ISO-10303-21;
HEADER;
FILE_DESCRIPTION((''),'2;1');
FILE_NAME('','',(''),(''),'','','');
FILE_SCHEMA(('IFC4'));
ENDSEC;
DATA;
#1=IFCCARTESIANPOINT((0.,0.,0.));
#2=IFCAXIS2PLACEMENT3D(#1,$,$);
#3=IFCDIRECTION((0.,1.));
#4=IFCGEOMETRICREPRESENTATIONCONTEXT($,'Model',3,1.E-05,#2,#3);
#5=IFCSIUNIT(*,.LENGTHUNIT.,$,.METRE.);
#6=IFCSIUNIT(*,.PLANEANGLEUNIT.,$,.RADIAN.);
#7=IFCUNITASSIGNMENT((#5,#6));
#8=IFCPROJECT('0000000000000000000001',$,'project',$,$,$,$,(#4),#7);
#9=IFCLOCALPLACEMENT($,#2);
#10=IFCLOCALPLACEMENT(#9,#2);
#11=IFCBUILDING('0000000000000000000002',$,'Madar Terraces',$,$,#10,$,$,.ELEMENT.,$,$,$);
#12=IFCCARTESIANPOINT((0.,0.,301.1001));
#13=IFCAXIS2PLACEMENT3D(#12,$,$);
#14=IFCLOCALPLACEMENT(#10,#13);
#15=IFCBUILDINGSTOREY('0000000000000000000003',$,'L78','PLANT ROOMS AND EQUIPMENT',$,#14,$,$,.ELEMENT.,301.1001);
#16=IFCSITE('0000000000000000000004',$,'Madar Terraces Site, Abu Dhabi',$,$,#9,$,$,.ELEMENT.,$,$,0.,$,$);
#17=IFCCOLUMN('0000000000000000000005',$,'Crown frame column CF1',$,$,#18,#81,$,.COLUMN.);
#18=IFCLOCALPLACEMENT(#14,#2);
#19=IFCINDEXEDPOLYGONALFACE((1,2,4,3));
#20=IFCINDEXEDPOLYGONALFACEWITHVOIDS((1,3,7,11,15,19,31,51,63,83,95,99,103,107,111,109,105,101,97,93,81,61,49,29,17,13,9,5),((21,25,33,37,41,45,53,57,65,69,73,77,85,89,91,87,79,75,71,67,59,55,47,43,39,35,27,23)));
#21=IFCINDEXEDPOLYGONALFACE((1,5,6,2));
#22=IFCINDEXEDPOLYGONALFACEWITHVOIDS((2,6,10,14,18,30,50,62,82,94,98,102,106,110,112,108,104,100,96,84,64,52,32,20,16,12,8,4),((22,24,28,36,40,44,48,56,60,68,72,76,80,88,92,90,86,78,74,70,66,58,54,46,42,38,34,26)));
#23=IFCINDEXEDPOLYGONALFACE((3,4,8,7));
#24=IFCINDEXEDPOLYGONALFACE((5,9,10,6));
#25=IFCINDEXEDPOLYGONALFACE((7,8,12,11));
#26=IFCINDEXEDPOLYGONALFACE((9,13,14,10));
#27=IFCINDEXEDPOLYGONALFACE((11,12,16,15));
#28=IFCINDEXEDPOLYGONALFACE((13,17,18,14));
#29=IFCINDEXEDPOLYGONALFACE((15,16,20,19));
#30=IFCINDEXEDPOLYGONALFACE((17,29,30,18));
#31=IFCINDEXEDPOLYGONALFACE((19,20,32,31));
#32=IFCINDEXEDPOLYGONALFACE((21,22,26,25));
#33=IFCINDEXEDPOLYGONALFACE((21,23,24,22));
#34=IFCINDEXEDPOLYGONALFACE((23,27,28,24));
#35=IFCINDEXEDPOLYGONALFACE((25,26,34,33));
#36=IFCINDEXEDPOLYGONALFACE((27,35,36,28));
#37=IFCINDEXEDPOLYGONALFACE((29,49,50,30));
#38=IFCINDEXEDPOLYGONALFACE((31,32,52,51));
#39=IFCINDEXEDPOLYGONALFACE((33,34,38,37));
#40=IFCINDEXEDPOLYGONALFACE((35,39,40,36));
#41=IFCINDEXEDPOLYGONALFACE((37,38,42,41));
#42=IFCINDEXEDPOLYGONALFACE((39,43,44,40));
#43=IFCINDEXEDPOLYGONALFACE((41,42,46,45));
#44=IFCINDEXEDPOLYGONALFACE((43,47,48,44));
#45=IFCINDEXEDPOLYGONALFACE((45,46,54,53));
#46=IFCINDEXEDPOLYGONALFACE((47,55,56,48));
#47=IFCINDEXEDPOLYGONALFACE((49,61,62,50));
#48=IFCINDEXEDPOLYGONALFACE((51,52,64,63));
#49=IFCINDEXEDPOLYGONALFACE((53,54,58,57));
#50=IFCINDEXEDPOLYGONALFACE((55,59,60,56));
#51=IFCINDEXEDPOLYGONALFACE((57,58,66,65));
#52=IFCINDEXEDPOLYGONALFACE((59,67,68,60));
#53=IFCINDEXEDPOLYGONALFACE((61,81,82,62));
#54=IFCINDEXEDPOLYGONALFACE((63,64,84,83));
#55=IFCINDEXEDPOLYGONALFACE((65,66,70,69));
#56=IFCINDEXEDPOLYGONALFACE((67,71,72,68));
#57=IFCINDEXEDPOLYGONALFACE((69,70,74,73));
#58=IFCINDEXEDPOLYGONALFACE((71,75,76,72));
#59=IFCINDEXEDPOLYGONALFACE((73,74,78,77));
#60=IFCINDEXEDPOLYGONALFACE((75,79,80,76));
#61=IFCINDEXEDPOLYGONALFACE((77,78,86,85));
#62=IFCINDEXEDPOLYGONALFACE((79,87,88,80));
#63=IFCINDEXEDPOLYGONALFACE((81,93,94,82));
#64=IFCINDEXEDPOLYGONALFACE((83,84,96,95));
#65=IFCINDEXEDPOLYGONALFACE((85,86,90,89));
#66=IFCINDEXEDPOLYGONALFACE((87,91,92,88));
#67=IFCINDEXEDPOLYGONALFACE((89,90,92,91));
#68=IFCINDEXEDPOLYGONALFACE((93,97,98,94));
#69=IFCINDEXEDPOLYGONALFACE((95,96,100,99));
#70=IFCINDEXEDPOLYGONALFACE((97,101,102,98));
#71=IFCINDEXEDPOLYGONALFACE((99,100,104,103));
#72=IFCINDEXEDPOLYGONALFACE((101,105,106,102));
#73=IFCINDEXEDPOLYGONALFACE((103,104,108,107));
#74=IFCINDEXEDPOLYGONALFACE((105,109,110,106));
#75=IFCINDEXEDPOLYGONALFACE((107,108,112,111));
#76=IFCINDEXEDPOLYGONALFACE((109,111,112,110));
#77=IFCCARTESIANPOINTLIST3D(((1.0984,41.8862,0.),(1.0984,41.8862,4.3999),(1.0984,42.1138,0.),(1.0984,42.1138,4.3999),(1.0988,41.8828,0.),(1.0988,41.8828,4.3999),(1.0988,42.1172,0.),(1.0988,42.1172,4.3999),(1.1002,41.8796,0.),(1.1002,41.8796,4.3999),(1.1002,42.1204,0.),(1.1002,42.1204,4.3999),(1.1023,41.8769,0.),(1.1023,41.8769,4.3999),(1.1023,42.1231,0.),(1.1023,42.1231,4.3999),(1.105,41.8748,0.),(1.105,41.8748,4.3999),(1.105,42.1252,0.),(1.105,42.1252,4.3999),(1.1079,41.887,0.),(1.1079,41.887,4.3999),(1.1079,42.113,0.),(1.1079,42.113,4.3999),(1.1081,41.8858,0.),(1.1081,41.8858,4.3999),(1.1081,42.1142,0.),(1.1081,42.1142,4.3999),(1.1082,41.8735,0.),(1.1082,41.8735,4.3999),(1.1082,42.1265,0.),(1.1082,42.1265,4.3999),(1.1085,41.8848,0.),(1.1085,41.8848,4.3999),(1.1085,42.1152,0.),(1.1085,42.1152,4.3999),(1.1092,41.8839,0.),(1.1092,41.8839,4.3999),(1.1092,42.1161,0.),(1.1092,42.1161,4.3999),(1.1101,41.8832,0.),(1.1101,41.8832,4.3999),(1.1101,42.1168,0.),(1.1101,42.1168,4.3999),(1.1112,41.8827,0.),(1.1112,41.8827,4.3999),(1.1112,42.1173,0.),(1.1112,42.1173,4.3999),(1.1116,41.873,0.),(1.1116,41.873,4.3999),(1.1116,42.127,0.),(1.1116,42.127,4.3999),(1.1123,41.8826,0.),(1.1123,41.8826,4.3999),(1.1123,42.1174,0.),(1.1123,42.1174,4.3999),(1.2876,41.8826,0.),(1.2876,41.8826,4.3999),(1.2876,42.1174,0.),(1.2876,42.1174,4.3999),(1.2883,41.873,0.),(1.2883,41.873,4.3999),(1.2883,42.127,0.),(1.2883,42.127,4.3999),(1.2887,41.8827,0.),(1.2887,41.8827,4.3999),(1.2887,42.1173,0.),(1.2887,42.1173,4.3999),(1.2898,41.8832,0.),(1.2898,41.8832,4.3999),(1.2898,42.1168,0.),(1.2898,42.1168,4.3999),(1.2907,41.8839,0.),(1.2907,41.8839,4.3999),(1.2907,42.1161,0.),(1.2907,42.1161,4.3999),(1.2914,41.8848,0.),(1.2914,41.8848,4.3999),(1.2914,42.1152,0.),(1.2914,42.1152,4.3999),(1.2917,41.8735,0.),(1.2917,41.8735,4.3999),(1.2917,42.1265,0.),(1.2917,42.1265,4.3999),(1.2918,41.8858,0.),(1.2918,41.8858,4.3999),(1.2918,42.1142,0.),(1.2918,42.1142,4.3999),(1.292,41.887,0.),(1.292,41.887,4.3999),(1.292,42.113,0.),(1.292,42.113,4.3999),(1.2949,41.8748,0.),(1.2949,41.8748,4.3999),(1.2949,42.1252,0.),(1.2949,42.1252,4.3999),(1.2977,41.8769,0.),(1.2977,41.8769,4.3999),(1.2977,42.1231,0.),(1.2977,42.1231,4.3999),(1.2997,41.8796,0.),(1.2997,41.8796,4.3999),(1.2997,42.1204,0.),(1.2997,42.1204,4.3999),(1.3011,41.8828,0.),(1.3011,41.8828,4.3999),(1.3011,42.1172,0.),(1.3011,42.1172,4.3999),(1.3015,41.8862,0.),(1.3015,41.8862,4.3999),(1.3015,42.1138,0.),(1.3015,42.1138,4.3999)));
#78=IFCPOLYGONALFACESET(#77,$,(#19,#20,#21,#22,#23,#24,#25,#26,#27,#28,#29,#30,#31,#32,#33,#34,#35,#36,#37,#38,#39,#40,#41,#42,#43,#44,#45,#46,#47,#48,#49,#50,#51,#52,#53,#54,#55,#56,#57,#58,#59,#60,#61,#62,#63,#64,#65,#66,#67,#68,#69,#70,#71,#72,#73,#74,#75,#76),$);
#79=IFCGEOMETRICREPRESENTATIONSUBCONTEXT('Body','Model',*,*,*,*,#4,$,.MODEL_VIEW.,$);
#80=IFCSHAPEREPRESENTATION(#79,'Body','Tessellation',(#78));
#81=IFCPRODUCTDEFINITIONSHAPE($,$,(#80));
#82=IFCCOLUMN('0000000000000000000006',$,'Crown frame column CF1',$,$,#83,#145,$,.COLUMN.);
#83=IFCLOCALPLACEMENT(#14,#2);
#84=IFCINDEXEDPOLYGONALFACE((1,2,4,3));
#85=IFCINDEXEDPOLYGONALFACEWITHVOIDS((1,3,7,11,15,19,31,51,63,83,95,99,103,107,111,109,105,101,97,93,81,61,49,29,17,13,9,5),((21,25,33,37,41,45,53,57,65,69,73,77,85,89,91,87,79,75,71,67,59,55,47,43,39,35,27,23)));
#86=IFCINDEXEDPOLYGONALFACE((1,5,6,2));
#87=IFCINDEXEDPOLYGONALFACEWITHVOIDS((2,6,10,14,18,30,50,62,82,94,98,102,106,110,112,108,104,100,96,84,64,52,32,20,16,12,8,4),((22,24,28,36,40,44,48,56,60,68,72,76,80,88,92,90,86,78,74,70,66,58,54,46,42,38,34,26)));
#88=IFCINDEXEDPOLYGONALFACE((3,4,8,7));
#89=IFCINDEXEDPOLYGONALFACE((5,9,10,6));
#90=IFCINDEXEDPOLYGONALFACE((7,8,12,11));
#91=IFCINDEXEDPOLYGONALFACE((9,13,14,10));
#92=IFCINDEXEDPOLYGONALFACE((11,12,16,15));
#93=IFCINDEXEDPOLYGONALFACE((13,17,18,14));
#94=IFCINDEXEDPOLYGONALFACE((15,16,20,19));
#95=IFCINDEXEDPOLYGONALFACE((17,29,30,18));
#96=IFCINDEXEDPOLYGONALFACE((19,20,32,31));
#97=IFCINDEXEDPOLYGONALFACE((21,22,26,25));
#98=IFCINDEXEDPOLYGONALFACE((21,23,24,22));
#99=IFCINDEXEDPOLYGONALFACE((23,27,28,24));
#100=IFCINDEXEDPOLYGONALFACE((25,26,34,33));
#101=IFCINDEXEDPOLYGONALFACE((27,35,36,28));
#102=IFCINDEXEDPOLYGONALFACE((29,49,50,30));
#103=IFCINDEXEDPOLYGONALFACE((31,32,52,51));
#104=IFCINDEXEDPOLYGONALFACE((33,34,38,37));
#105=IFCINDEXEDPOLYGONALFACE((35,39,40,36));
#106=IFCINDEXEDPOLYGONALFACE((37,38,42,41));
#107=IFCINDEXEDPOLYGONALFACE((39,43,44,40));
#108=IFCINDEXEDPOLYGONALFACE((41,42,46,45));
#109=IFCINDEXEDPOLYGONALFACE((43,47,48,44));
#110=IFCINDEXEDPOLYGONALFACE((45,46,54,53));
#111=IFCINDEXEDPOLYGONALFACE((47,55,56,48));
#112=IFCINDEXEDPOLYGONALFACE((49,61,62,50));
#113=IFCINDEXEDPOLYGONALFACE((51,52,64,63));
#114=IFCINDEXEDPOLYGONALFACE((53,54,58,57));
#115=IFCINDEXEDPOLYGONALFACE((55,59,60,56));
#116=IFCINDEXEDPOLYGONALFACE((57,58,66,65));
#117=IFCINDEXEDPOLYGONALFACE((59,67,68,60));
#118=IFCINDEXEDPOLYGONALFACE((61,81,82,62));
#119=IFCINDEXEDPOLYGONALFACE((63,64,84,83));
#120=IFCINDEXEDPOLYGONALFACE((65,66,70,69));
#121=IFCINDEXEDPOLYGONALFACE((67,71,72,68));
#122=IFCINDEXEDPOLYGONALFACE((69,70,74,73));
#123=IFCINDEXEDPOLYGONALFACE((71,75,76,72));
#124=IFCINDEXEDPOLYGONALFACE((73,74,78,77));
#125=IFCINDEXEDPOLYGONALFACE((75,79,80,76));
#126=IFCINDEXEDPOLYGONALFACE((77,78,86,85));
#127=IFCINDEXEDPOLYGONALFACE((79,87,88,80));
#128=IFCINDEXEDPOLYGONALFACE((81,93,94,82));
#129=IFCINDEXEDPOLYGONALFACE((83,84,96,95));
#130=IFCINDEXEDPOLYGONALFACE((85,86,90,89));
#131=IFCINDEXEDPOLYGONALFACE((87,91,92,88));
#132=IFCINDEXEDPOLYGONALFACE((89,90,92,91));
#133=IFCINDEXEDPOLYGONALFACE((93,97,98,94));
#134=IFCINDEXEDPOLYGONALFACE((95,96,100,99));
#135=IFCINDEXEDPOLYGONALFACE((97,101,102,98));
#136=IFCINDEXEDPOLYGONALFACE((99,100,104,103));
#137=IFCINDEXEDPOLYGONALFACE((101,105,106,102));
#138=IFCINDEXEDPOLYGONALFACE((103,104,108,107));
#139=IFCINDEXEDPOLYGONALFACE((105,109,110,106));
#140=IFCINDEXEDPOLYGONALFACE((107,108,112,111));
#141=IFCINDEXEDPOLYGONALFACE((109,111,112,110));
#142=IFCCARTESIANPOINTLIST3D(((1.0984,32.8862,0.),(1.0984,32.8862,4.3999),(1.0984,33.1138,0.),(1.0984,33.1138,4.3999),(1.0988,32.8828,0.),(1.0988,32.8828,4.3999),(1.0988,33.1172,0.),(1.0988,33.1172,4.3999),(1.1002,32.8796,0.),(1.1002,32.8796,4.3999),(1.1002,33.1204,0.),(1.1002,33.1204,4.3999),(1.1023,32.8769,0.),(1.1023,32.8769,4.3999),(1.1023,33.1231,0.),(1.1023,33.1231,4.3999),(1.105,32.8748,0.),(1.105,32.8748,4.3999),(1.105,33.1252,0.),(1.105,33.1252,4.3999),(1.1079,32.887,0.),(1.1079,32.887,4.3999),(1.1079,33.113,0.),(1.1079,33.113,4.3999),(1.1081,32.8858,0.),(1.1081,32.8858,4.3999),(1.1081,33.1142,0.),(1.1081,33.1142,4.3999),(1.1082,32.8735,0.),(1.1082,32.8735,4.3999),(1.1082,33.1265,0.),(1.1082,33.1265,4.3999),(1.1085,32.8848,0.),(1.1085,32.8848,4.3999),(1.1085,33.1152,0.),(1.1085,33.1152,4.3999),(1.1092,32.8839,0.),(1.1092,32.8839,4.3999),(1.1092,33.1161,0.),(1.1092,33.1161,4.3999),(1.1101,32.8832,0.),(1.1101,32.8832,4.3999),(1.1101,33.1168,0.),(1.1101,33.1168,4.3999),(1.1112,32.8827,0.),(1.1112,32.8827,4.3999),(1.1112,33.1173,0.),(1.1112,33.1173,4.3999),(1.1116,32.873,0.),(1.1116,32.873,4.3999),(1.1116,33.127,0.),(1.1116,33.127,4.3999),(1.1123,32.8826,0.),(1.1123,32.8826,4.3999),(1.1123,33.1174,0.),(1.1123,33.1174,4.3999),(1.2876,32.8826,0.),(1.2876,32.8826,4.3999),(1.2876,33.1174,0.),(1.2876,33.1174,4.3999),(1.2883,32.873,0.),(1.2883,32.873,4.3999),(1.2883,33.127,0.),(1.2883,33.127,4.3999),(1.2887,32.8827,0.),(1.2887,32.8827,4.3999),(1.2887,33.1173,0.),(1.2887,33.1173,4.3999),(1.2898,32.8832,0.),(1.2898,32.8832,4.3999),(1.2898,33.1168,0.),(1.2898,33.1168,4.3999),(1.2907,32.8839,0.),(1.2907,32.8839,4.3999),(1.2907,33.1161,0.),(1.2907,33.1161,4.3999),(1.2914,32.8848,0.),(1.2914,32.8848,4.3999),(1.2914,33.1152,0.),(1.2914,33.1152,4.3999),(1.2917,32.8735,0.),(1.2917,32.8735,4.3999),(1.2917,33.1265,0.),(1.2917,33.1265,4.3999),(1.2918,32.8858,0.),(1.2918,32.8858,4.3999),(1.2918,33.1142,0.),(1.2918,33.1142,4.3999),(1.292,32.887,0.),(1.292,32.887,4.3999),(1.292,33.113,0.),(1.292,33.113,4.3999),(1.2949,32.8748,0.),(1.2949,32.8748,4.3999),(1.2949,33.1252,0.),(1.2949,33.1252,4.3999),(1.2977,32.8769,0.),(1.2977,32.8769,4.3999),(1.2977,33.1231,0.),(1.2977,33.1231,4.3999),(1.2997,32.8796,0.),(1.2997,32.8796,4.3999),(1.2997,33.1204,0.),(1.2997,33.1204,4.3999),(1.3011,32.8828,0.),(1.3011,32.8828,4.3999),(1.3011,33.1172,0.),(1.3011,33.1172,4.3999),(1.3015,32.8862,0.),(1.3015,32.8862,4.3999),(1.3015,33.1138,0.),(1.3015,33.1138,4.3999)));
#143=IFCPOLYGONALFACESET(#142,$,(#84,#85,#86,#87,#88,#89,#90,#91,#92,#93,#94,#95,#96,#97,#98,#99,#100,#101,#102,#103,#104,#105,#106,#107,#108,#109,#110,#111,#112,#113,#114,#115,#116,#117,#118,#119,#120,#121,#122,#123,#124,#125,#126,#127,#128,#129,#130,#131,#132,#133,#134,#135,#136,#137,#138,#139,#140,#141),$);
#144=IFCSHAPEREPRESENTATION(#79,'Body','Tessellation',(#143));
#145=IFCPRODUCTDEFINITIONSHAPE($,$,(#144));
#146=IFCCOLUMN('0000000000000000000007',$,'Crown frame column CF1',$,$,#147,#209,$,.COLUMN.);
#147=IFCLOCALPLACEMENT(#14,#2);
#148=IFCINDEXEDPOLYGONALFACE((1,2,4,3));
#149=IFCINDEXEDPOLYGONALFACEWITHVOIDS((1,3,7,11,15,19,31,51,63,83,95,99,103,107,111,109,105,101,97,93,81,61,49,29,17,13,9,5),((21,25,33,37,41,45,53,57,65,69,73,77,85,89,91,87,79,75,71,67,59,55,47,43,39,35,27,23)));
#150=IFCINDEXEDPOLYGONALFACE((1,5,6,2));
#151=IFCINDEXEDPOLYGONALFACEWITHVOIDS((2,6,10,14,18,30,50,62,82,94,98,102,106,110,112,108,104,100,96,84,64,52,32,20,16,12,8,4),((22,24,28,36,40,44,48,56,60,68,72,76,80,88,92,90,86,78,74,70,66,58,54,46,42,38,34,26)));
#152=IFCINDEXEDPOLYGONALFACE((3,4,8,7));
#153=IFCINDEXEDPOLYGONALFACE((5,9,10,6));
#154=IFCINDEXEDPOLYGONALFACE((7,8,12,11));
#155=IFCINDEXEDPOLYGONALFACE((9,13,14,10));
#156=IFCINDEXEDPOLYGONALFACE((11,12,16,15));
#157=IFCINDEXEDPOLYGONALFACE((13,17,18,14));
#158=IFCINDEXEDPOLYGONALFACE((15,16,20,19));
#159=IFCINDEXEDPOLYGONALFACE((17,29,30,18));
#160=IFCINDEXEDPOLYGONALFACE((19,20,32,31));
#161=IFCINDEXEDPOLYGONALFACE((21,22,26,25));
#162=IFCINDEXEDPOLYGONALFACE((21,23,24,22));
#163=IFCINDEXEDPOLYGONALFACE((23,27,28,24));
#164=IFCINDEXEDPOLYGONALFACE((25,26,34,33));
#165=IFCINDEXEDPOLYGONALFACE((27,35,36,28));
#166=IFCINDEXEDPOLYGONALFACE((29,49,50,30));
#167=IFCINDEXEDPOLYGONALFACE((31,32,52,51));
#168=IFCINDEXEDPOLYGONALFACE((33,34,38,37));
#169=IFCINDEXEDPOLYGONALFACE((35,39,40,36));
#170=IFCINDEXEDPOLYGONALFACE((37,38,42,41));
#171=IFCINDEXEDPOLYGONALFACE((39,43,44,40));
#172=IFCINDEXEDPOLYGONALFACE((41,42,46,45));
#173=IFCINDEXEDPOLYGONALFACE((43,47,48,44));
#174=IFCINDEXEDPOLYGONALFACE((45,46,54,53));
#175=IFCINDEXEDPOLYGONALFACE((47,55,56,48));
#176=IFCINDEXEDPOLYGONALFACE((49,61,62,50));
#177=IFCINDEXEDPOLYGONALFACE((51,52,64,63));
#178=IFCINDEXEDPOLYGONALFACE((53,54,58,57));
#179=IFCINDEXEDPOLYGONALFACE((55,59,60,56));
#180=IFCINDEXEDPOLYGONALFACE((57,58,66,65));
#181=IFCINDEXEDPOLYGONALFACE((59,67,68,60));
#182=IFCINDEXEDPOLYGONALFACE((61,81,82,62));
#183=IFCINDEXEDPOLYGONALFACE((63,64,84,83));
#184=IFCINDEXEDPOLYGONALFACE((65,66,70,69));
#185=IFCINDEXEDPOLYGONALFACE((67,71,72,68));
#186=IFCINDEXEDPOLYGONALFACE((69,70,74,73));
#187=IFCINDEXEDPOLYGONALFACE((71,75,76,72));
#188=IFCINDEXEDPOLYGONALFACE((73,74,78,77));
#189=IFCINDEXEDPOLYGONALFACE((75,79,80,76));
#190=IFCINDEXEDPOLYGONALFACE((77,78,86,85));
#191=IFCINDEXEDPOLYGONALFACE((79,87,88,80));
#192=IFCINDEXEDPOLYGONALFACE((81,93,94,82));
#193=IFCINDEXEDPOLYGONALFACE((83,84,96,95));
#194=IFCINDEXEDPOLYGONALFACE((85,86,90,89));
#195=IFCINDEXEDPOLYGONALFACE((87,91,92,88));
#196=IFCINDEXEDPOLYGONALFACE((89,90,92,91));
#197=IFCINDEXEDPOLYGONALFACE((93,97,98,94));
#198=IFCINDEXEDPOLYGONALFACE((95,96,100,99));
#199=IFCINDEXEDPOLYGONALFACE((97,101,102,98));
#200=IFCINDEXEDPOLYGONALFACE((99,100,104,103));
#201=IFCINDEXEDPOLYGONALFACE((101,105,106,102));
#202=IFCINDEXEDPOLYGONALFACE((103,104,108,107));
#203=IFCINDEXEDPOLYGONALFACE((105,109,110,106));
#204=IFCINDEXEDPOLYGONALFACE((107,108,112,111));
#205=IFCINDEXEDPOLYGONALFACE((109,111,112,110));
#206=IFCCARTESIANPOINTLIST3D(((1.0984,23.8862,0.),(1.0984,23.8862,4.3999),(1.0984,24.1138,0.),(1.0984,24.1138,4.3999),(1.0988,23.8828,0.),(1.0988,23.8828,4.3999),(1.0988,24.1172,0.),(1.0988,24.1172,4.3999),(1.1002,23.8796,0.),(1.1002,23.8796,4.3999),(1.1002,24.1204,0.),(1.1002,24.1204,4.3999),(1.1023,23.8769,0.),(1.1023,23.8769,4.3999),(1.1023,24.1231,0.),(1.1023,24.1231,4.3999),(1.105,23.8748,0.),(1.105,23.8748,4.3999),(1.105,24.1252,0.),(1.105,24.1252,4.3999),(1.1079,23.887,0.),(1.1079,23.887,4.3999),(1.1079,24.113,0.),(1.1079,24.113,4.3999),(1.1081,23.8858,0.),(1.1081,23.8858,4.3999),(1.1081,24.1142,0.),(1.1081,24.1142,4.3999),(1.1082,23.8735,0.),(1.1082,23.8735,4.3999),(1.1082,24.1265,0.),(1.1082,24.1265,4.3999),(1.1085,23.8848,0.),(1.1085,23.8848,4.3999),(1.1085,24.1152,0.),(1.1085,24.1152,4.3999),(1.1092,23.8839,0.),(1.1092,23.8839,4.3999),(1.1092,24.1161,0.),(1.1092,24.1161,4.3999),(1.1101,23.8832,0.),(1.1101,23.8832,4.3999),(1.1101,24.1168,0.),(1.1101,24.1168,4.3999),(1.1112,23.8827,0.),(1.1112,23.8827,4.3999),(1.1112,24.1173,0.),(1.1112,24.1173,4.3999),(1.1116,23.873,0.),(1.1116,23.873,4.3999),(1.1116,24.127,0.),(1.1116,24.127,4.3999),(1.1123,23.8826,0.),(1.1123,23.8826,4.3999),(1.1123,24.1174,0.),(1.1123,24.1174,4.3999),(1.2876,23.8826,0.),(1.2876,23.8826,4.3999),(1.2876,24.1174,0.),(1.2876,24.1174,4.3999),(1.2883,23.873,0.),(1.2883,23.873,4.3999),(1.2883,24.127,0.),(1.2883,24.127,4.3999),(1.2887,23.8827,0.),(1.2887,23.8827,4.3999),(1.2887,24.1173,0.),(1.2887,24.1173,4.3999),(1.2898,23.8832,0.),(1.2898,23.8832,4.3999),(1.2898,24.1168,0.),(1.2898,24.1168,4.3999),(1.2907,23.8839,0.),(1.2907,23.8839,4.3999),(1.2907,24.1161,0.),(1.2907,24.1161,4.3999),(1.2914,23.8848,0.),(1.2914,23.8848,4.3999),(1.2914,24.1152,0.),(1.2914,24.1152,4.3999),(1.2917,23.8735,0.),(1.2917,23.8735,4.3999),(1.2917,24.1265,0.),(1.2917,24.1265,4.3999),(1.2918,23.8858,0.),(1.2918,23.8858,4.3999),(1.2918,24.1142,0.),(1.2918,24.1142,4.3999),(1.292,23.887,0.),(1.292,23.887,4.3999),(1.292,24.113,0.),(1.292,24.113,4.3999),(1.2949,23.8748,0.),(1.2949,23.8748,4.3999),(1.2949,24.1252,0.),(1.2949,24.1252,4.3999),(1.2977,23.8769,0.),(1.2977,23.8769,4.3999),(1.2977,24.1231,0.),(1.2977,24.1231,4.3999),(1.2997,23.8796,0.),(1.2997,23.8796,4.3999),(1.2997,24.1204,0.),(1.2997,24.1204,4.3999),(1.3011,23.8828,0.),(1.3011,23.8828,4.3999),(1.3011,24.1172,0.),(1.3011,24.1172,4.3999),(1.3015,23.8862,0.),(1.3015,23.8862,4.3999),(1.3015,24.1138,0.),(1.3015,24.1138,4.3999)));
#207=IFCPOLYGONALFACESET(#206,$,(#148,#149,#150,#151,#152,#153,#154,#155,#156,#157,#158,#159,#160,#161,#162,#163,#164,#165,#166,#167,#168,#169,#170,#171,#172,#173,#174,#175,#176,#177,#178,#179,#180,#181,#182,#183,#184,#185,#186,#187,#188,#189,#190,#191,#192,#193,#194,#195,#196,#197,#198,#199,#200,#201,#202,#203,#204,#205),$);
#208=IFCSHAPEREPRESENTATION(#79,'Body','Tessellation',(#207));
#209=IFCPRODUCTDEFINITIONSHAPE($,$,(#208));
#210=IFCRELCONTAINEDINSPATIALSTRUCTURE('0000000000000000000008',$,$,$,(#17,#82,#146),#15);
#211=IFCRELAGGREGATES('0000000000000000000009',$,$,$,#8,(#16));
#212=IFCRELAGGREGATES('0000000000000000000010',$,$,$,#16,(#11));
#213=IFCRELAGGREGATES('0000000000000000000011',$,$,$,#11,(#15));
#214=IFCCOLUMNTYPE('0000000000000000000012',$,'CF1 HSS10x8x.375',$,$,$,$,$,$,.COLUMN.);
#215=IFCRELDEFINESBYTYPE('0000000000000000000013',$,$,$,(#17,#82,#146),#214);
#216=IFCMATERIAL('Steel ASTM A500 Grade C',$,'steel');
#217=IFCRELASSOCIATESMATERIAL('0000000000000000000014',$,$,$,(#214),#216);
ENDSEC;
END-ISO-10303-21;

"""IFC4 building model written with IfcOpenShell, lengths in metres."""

from ifc_helpers import new_model, si_unit, direction, frame, origin, origin_2d, place, context, subcontext, project, spatial, hollow_rectangle, extrude, material, material_profile, profile_set, type_object, element, save


model = new_model("IFC4")

# Units and contexts
model_context = context("Model", 3, precision=1e-05, world=origin(), true_north=direction((0.0, 1.0)))
body_context = subcontext(model_context, "Body", "Model", "MODEL_VIEW")
ifc_project = project(units=[si_unit("LENGTHUNIT", "METRE"), si_unit("PLANEANGLEUNIT", "RADIAN")], contexts=[model_context])

# Site, building, storey
site_placement = place(None, origin())
site = spatial("IfcSite", under=ifc_project, at=site_placement, Name="Madar Terraces Site, Abu Dhabi", CompositionType="ELEMENT", RefElevation=0.0)
building_placement = place(site_placement, origin())
building = spatial("IfcBuilding", under=site, at=building_placement, Name="Madar Terraces", CompositionType="ELEMENT")
storey_placement = place(building_placement, frame((0.0, 0.0, 301.1001)))
storey = spatial("IfcBuildingStorey", under=building, at=storey_placement, Name="L78", Description="PLANT ROOMS AND EQUIPMENT", CompositionType="ELEMENT", Elevation=301.1001)

# Columns
ifc_material_1 = material(Name="Steel ASTM A500 Grade C", Category="steel")
ifc_material_profile_1 = material_profile(ifc_material_1, hollow_rectangle(XDim=0.2031, YDim=0.2539, WallThickness=0.0095, InnerFilletRadius=0.0044, OuterFilletRadius=0.0132, at=origin_2d()), Name="HSS10x8x.375")
ifc_profile_set_1 = profile_set([ifc_material_profile_1], Name="Steel ASTM A500 Grade C")
column_type = type_object("IfcColumnType", Name="CF1 HSS10x8x.375", PredefinedType="COLUMN", material=ifc_profile_set_1)
for number, where, z_axis, x_axis, name in (
    (1, (1.2, 42.0, 0.0), (0.0, 0.0, 1.0), (1.0, 0.0, 0.0), "Crown frame column CF1"),
    (2, (1.2, 33.0, 0.0), (0.0, 0.0, 1.0), (1.0, 0.0, 0.0), "Crown frame column CF1"),
    (3, (1.2, 24.0, 0.0), (0.0, 0.0, 1.0), (1.0, 0.0, 0.0), "Crown frame column CF1"),
):
    element("IfcColumn", number, at=place(storey_placement, frame(where, z_axis=z_axis, x_axis=x_axis)), inside=storey, type_object=column_type, Name=name, PredefinedType="COLUMN", context=body_context, shape_type="SweptSolid", body=[
        extrude(hollow_rectangle(XDim=0.2031, YDim=0.2539, WallThickness=0.0095, InnerFilletRadius=0.0044, OuterFilletRadius=0.0132, at=origin_2d()), origin(), (0.0, 0.0, 1.0), 4.3999),
    ])

save(model, "model.ifc")
